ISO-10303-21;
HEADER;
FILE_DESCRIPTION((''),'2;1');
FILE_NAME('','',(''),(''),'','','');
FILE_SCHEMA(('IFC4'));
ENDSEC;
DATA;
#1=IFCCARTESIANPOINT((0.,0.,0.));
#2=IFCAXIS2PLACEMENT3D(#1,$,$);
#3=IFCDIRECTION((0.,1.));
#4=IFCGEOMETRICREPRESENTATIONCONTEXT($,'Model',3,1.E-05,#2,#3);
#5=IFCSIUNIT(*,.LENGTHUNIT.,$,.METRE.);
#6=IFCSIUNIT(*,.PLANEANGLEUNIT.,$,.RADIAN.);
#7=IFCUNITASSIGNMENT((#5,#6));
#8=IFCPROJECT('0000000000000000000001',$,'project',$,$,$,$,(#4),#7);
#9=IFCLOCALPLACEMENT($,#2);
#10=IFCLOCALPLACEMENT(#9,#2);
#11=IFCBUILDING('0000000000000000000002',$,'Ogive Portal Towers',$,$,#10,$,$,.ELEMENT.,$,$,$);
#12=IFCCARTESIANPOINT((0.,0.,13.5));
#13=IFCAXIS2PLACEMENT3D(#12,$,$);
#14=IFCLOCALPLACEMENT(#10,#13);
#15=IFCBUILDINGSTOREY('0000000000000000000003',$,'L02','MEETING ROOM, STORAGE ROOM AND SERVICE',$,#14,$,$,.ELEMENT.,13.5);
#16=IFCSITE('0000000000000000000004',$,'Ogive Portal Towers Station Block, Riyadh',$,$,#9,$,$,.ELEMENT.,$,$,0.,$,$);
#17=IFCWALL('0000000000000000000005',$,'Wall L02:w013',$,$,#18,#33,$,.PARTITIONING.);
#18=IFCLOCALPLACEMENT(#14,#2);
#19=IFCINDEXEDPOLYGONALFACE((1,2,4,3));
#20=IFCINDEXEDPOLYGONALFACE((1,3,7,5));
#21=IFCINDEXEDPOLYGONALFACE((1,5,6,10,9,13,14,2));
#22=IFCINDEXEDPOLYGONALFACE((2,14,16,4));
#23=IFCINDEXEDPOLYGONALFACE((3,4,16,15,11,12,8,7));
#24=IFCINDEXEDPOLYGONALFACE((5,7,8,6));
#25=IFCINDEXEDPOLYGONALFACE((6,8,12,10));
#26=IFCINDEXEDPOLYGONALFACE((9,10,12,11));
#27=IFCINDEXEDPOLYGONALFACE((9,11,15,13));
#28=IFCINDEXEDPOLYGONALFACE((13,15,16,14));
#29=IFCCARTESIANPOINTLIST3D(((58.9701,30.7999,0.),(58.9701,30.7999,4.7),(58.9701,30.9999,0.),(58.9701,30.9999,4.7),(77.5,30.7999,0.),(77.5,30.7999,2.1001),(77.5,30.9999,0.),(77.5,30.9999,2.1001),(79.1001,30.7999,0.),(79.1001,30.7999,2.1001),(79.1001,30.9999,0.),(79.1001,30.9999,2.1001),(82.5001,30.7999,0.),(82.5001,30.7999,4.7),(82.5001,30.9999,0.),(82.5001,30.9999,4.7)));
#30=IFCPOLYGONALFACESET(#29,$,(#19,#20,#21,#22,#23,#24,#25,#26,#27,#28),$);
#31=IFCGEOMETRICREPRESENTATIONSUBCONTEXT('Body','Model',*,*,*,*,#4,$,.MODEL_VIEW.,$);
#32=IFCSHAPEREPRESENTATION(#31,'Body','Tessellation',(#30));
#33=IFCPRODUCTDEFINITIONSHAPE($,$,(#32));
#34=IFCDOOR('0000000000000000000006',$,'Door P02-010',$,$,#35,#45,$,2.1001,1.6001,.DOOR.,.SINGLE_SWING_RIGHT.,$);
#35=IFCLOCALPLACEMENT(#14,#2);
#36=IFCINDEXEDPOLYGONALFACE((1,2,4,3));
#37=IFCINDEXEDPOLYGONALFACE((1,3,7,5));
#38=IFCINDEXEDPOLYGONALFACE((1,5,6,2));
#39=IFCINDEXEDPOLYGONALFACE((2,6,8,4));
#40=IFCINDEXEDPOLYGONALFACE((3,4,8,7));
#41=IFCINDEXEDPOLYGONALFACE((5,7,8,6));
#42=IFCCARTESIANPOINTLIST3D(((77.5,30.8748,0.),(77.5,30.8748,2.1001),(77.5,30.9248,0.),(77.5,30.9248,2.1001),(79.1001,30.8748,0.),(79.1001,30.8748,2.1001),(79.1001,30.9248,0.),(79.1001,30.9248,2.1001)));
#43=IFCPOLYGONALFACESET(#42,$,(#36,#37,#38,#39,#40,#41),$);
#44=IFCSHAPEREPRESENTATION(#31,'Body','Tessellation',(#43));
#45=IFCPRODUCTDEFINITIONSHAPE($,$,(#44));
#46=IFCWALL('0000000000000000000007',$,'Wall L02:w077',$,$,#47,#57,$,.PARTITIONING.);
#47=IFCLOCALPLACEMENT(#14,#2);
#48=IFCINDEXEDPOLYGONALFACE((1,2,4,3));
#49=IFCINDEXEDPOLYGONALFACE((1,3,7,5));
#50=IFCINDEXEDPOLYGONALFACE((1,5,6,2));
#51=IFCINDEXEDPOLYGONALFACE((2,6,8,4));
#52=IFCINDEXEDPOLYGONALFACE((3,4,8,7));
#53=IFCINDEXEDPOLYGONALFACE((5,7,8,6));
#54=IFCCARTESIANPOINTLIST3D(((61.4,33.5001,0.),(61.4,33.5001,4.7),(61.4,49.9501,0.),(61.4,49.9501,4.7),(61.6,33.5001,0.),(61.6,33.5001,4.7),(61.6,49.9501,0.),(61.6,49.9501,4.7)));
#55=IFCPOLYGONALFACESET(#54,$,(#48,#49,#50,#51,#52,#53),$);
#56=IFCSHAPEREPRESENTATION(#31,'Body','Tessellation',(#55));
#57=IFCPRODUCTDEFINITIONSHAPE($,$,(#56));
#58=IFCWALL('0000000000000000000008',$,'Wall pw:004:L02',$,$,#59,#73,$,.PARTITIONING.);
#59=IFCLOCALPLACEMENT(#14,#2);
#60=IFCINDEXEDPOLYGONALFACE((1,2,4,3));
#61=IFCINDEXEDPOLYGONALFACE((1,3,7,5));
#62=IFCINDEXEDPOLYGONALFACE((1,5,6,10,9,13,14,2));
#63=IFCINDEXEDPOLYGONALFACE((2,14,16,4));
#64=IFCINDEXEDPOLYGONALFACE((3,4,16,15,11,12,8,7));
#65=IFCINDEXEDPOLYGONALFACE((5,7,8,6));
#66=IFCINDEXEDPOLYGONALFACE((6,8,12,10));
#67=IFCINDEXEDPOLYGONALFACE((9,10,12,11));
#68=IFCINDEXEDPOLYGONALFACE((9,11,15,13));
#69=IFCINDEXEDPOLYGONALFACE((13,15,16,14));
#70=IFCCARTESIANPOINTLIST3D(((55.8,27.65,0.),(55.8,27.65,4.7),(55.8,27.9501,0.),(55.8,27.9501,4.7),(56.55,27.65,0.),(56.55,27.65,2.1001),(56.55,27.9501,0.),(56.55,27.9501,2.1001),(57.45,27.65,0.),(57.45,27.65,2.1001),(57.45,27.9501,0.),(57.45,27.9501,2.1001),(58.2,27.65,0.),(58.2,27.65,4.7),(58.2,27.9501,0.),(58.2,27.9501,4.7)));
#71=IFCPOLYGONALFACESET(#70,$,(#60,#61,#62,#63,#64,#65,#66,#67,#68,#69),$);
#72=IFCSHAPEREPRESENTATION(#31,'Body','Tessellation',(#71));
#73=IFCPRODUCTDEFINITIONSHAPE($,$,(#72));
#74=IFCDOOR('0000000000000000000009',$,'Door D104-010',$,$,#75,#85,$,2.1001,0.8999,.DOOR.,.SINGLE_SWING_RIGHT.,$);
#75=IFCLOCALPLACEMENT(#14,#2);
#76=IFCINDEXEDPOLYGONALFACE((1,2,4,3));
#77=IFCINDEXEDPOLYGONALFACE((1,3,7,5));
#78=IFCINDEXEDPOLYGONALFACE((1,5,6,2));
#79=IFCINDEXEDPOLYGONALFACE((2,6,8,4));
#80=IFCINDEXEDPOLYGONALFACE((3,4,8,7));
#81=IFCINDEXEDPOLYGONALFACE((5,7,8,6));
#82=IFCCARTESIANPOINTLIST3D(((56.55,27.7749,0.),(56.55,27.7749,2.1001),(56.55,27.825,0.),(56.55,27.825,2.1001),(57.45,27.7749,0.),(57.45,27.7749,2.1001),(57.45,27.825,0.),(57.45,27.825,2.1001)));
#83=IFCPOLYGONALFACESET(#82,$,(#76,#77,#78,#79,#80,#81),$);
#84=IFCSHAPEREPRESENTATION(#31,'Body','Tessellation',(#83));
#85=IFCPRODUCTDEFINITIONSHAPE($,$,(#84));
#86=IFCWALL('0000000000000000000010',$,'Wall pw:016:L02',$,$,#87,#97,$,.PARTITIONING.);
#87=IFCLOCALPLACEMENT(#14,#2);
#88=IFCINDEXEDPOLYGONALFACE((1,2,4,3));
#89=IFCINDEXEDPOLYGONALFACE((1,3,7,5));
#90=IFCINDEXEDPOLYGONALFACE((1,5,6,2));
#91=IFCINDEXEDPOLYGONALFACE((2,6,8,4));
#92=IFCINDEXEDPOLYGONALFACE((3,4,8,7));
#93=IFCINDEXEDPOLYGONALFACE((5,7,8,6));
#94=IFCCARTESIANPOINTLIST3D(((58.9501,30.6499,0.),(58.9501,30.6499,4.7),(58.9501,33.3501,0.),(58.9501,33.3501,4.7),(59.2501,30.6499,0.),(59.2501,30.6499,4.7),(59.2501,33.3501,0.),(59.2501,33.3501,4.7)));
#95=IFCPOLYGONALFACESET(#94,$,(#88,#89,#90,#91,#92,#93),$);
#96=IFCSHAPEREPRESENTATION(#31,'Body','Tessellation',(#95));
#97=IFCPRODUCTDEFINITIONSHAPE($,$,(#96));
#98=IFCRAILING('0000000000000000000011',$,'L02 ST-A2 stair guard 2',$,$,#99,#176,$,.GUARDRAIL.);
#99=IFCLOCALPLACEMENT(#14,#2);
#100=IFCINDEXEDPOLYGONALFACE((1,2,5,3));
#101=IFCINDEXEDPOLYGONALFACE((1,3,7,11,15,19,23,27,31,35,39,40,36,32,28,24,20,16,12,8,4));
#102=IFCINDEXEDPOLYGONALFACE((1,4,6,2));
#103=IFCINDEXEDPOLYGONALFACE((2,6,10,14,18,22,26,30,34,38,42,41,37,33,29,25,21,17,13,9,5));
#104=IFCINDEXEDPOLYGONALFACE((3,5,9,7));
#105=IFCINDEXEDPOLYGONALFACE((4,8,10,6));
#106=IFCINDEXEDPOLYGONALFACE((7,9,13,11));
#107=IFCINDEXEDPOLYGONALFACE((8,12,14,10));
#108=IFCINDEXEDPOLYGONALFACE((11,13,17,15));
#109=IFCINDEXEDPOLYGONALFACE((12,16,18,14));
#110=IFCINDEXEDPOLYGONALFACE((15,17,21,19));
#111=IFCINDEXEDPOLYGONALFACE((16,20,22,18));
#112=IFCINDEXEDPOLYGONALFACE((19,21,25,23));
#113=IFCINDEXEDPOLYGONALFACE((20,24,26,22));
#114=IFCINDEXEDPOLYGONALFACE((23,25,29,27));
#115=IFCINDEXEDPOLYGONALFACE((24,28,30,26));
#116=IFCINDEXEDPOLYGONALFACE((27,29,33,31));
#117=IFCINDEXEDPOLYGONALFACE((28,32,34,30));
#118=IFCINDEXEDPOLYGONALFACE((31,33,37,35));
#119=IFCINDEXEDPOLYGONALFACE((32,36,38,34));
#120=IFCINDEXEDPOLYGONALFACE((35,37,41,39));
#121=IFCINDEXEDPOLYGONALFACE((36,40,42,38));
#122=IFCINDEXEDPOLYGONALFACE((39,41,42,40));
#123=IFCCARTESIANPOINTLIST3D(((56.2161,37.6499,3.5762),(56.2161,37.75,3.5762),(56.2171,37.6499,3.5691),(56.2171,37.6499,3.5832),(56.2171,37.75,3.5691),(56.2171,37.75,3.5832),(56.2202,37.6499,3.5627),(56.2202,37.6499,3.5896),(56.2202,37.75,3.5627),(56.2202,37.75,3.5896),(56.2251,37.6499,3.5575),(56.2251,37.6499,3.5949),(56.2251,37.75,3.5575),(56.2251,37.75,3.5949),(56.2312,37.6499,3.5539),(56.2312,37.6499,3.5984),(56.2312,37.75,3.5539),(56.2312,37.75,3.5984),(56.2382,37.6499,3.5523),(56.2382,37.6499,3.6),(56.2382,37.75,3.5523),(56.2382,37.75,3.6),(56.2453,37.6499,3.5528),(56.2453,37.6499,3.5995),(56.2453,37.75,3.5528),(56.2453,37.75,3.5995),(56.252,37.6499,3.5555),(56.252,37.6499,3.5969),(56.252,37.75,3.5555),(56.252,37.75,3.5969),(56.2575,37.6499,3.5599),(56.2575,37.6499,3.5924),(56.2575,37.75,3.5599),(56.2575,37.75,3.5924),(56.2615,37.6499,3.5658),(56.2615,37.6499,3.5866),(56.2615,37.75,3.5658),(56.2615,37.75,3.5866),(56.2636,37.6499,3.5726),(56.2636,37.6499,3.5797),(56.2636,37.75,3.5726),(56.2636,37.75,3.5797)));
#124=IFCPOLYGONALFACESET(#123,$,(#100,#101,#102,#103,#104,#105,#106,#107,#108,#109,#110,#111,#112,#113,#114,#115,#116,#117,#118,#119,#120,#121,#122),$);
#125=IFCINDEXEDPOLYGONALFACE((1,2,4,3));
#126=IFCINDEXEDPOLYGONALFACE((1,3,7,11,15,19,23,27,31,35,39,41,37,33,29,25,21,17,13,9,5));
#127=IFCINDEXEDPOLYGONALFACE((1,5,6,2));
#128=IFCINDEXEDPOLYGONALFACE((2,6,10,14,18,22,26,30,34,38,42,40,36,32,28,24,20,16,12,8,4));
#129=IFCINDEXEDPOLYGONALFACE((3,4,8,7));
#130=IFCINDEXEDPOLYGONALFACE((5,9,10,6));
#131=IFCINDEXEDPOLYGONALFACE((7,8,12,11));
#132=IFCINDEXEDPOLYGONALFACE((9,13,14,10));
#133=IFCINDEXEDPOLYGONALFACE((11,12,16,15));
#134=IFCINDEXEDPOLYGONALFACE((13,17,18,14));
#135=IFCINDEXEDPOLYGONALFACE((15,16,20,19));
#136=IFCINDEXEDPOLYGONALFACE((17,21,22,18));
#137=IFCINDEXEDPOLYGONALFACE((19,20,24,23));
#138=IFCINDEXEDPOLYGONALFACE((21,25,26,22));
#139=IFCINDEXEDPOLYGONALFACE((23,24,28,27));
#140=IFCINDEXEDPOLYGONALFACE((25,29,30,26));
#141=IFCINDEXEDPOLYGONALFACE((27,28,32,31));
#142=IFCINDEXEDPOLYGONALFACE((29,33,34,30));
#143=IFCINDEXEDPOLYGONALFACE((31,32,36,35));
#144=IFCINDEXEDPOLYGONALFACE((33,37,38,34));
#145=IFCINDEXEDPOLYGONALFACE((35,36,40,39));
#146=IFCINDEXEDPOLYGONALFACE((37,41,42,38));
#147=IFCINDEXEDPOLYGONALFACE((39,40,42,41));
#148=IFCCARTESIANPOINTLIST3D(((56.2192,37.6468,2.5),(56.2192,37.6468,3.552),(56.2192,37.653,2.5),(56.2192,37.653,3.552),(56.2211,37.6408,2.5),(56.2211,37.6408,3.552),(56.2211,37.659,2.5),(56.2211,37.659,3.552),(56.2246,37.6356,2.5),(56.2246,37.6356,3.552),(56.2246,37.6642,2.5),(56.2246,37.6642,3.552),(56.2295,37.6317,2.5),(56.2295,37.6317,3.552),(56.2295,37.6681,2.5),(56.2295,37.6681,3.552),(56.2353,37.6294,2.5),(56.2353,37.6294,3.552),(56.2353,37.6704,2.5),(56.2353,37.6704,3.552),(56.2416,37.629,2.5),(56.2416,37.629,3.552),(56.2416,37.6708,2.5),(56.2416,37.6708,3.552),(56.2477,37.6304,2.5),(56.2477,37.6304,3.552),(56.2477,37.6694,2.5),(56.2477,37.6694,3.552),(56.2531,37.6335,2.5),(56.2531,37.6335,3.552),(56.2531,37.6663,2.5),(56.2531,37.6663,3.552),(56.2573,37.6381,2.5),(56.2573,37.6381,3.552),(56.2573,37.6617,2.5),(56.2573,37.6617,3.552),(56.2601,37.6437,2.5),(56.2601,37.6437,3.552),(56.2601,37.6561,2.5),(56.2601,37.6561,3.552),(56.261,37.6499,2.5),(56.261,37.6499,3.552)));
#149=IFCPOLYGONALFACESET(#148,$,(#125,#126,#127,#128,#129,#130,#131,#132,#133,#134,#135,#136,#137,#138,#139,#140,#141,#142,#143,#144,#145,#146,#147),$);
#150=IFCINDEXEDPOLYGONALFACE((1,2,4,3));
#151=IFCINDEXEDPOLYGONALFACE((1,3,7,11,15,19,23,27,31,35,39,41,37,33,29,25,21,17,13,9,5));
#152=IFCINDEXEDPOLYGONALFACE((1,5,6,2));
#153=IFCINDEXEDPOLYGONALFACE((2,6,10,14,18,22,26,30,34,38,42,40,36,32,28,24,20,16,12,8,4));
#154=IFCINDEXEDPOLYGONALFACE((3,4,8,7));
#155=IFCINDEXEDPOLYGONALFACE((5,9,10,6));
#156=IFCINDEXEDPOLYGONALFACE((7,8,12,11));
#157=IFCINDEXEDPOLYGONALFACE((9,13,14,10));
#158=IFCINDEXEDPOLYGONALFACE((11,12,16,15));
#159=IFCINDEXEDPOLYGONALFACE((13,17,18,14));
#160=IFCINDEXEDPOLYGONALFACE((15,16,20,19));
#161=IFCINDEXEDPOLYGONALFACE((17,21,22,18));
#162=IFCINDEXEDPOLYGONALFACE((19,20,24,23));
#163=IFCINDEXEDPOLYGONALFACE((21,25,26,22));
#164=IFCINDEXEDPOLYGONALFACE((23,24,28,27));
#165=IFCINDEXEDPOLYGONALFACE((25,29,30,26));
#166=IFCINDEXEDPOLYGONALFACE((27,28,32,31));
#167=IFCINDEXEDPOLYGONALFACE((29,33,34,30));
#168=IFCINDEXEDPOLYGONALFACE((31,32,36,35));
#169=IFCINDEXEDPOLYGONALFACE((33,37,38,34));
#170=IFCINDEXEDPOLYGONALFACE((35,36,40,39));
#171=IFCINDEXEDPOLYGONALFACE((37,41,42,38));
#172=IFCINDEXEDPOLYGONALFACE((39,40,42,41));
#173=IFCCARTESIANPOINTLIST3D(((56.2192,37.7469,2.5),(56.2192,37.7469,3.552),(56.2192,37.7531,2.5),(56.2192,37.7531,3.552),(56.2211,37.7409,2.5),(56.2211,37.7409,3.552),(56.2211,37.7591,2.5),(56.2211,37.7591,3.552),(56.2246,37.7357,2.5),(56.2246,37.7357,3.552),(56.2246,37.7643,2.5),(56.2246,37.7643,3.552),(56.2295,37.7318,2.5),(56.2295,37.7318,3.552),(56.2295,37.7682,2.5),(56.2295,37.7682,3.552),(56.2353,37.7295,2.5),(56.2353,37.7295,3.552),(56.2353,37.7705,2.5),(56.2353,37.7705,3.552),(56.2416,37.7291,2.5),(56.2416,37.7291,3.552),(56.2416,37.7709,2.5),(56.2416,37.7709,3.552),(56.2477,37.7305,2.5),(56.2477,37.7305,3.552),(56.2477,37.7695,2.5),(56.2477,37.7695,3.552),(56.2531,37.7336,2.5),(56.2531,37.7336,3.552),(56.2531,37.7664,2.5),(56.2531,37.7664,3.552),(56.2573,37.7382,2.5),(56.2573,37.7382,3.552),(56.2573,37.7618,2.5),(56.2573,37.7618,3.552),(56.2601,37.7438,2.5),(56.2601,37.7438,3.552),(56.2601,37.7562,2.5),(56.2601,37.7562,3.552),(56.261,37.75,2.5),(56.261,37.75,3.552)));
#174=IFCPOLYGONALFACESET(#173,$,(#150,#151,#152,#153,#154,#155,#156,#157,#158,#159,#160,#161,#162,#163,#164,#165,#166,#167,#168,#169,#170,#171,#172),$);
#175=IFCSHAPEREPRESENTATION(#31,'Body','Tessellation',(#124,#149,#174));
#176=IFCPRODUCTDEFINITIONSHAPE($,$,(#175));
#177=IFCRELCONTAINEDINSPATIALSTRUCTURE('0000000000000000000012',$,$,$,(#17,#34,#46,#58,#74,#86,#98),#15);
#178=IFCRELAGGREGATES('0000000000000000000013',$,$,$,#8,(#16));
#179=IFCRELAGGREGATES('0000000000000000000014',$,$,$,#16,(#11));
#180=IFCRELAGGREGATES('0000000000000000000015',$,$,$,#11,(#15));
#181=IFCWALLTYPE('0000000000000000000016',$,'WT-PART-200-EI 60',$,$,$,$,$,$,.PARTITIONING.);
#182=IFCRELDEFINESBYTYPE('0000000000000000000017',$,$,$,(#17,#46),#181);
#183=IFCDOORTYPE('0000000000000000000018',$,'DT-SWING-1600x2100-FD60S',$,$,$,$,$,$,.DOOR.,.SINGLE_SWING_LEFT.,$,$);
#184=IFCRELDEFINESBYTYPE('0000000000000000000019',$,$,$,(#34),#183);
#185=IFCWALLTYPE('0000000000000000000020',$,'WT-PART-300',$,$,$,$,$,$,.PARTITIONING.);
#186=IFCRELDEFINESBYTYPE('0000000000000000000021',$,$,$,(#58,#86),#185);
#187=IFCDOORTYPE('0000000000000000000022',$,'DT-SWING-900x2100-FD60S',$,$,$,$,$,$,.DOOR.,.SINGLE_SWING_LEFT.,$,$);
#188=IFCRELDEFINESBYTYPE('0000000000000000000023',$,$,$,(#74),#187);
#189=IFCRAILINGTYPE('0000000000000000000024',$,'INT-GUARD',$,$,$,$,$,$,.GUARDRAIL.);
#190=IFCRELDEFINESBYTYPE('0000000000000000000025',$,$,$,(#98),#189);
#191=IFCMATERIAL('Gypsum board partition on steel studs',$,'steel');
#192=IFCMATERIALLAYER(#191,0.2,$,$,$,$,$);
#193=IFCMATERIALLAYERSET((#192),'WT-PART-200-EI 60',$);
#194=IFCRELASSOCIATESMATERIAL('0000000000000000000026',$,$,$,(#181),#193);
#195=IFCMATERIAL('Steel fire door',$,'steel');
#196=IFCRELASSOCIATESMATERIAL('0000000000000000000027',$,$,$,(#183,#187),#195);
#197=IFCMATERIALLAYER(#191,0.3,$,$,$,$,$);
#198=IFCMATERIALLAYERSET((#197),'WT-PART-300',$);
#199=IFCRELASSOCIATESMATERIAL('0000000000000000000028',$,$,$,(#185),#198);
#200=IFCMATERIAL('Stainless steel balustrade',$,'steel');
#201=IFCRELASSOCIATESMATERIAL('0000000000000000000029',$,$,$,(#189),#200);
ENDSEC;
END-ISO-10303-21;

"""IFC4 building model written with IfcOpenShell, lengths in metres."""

from ifc_helpers import new_model, si_unit, direction, frame, frame_2d, origin, origin_2d, place, context, subcontext, project, spatial, rectangle, circle, extrude, material, layer, layer_set, type_object, element, fill, save


model = new_model("IFC4")

# Units and contexts
model_context = context("Model", 3, precision=1e-05, world=origin(), true_north=direction((0.0, 1.0)))
body_context = subcontext(model_context, "Body", "Model", "MODEL_VIEW")
ifc_project = project(units=[si_unit("LENGTHUNIT", "METRE"), si_unit("PLANEANGLEUNIT", "RADIAN")], contexts=[model_context])

# Site, building, storey
site_placement = place(None, origin())
site = spatial("IfcSite", under=ifc_project, at=site_placement, Name="Ogive Portal Towers Station Block, Riyadh", CompositionType="ELEMENT", RefElevation=0.0)
building_placement = place(site_placement, origin())
building = spatial("IfcBuilding", under=site, at=building_placement, Name="Ogive Portal Towers", CompositionType="ELEMENT")
storey_placement = place(building_placement, frame((0.0, 0.0, 13.5)))
storey = spatial("IfcBuildingStorey", under=building, at=storey_placement, Name="L02", Description="MEETING ROOM, STORAGE ROOM AND SERVICE", CompositionType="ELEMENT", Elevation=13.5)

# Shared definitions
ifc_material_1 = material(Name="Steel fire door", Category="steel")

# Wall, opening, door
ifc_material_2 = material(Name="Gypsum board partition on steel studs", Category="steel")
ifc_layer_1 = layer(ifc_material_2, 0.2)
ifc_layer_set_1 = layer_set([ifc_layer_1], Name="WT-PART-200-EI 60")
wall_type_1 = type_object("IfcWallType", Name="WT-PART-200-EI 60", PredefinedType="PARTITIONING", material=ifc_layer_set_1)
wall_1_placement = place(storey_placement, frame((58.97, 30.8999, 0.0), z_axis=(0.0, 0.0, 1.0), x_axis=(1.0, 0.0, 0.0)))
wall_1 = element("IfcWall", 1, at=wall_1_placement, inside=storey, type_object=wall_type_1, Name="Wall L02:w013", PredefinedType="PARTITIONING", context=body_context, shape_type="SweptSolid", body=[
    extrude(rectangle(XDim=23.53, YDim=0.2, at=frame_2d((11.7651, 0.0))), origin(), (0.0, 0.0, 1.0), 4.7),
])
opening_1_placement = place(wall_1_placement, frame((18.53, 0.0, 0.0)))
opening_1 = element("IfcOpeningElement", 2, at=opening_1_placement, cuts=wall_1, PredefinedType="OPENING", context=body_context, shape_type="SweptSolid", body=[
    extrude(rectangle(XDim=1.6001, YDim=2.1001, at=frame_2d((0.8, 1.05))), frame((0.0, 0.1099, 0.0), z_axis=(0.0, -1.0, 0.0), x_axis=(1.0, 0.0, 0.0)), (0.0, 0.0, 1.0), 0.22),
])
door_type_1 = type_object("IfcDoorType", Name="DT-SWING-1600x2100-FD60S", OperationType="SINGLE_SWING_LEFT", PredefinedType="DOOR", material=ifc_material_1)
door_1_placement = place(opening_1_placement, origin())
door_1 = element("IfcDoor", 3, at=door_1_placement, inside=storey, type_object=door_type_1, Name="Door P02-010", OperationType="SINGLE_SWING_RIGHT", OverallHeight=2.1001, OverallWidth=1.6001, PredefinedType="DOOR", context=body_context, shape_type="SweptSolid", body=[
    extrude(rectangle(XDim=1.6001, YDim=2.1001, at=frame_2d((0.8, 1.05))), frame((0.0, 0.0249, 0.0), z_axis=(0.0, -1.0, 0.0), x_axis=(1.0, 0.0, 0.0)), (0.0, 0.0, 1.0), 0.05),
])
fill(opening_1, door_1)

# Wall
wall_2_placement = place(storey_placement, frame((61.5, 33.5, 0.0), z_axis=(0.0, 0.0, 1.0), x_axis=(0.0, 1.0, 0.0)))
element("IfcWall", 4, at=wall_2_placement, inside=storey, type_object=wall_type_1, Name="Wall L02:w077", PredefinedType="PARTITIONING", context=body_context, shape_type="SweptSolid", body=[
    extrude(rectangle(XDim=16.45, YDim=0.2, at=frame_2d((8.2251, 0.0))), origin(), (0.0, 0.0, 1.0), 4.7),
])

# Wall, opening, door
ifc_layer_2 = layer(ifc_material_2, 0.3)
ifc_layer_set_2 = layer_set([ifc_layer_2], Name="WT-PART-300")
wall_type_2 = type_object("IfcWallType", Name="WT-PART-300", PredefinedType="PARTITIONING", material=ifc_layer_set_2)
wall_3_placement = place(storey_placement, frame((55.8, 27.8, 0.0), z_axis=(0.0, 0.0, 1.0), x_axis=(1.0, 0.0, 0.0)))
wall_3 = element("IfcWall", 5, at=wall_3_placement, inside=storey, type_object=wall_type_2, Name="Wall pw:004:L02", PredefinedType="PARTITIONING", context=body_context, shape_type="SweptSolid", body=[
    extrude(rectangle(XDim=2.3999, YDim=0.3, at=frame_2d((1.2, 0.0))), origin(), (0.0, 0.0, 1.0), 4.7),
])
opening_2_placement = place(wall_3_placement, frame((0.75, 0.0, 0.0)))
opening_2 = element("IfcOpeningElement", 6, at=opening_2_placement, cuts=wall_3, PredefinedType="OPENING", context=body_context, shape_type="SweptSolid", body=[
    extrude(rectangle(XDim=0.8999, YDim=2.1001, at=frame_2d((0.45, 1.05))), frame((0.0, 0.1602, 0.0), z_axis=(0.0, -1.0, 0.0), x_axis=(1.0, 0.0, 0.0)), (0.0, 0.0, 1.0), 0.3201),
])
door_type_2 = type_object("IfcDoorType", Name="DT-SWING-900x2100-FD60S", OperationType="SINGLE_SWING_LEFT", PredefinedType="DOOR", material=ifc_material_1)
door_2_placement = place(opening_2_placement, origin())
door_2 = element("IfcDoor", 7, at=door_2_placement, inside=storey, type_object=door_type_2, Name="Door D104-010", OperationType="SINGLE_SWING_RIGHT", OverallHeight=2.1001, OverallWidth=0.8999, PredefinedType="DOOR", context=body_context, shape_type="SweptSolid", body=[
    extrude(rectangle(XDim=0.8999, YDim=2.1001, at=frame_2d((0.45, 1.05))), frame((0.0, 0.0249, 0.0), z_axis=(0.0, -1.0, 0.0), x_axis=(1.0, 0.0, 0.0)), (0.0, 0.0, 1.0), 0.05),
])
fill(opening_2, door_2)

# Wall
wall_4_placement = place(storey_placement, frame((59.1001, 30.6499, 0.0), z_axis=(0.0, 0.0, 1.0), x_axis=(0.0, 1.0, 0.0)))
element("IfcWall", 8, at=wall_4_placement, inside=storey, type_object=wall_type_2, Name="Wall pw:016:L02", PredefinedType="PARTITIONING", context=body_context, shape_type="SweptSolid", body=[
    extrude(rectangle(XDim=2.7002, YDim=0.3, at=frame_2d((1.3501, 0.0))), origin(), (0.0, 0.0, 1.0), 4.7),
])

# Railing
ifc_material_3 = material(Name="Stainless steel balustrade", Category="steel")
railing_type_1 = type_object("IfcRailingType", Name="INT-GUARD", PredefinedType="GUARDRAIL", material=ifc_material_3)
railing_1_placement = place(storey_placement, frame((56.24, 37.6499, 2.5)))
element("IfcRailing", 9, at=railing_1_placement, inside=storey, type_object=railing_type_1, Name="L02 ST-A2 stair guard 2", PredefinedType="GUARDRAIL", context=body_context, shape_type="SweptSolid", body=[
    extrude(circle(Radius=0.0239, at=origin_2d()), frame((0.0, 0.0, 1.0762), z_axis=(0.0, 1.0, 0.0), x_axis=(-1.0, 0.0, 0.0)), (0.0, 0.0, 1.0), 0.1001),
    extrude(circle(Radius=0.021, at=origin_2d()), origin(), (0.0, 0.0, 1.0), 1.052),
    extrude(circle(Radius=0.021, at=origin_2d()), frame((0.0, 0.1001, 0.0)), (0.0, 0.0, 1.0), 1.052),
])

save(model, "model.ifc")
